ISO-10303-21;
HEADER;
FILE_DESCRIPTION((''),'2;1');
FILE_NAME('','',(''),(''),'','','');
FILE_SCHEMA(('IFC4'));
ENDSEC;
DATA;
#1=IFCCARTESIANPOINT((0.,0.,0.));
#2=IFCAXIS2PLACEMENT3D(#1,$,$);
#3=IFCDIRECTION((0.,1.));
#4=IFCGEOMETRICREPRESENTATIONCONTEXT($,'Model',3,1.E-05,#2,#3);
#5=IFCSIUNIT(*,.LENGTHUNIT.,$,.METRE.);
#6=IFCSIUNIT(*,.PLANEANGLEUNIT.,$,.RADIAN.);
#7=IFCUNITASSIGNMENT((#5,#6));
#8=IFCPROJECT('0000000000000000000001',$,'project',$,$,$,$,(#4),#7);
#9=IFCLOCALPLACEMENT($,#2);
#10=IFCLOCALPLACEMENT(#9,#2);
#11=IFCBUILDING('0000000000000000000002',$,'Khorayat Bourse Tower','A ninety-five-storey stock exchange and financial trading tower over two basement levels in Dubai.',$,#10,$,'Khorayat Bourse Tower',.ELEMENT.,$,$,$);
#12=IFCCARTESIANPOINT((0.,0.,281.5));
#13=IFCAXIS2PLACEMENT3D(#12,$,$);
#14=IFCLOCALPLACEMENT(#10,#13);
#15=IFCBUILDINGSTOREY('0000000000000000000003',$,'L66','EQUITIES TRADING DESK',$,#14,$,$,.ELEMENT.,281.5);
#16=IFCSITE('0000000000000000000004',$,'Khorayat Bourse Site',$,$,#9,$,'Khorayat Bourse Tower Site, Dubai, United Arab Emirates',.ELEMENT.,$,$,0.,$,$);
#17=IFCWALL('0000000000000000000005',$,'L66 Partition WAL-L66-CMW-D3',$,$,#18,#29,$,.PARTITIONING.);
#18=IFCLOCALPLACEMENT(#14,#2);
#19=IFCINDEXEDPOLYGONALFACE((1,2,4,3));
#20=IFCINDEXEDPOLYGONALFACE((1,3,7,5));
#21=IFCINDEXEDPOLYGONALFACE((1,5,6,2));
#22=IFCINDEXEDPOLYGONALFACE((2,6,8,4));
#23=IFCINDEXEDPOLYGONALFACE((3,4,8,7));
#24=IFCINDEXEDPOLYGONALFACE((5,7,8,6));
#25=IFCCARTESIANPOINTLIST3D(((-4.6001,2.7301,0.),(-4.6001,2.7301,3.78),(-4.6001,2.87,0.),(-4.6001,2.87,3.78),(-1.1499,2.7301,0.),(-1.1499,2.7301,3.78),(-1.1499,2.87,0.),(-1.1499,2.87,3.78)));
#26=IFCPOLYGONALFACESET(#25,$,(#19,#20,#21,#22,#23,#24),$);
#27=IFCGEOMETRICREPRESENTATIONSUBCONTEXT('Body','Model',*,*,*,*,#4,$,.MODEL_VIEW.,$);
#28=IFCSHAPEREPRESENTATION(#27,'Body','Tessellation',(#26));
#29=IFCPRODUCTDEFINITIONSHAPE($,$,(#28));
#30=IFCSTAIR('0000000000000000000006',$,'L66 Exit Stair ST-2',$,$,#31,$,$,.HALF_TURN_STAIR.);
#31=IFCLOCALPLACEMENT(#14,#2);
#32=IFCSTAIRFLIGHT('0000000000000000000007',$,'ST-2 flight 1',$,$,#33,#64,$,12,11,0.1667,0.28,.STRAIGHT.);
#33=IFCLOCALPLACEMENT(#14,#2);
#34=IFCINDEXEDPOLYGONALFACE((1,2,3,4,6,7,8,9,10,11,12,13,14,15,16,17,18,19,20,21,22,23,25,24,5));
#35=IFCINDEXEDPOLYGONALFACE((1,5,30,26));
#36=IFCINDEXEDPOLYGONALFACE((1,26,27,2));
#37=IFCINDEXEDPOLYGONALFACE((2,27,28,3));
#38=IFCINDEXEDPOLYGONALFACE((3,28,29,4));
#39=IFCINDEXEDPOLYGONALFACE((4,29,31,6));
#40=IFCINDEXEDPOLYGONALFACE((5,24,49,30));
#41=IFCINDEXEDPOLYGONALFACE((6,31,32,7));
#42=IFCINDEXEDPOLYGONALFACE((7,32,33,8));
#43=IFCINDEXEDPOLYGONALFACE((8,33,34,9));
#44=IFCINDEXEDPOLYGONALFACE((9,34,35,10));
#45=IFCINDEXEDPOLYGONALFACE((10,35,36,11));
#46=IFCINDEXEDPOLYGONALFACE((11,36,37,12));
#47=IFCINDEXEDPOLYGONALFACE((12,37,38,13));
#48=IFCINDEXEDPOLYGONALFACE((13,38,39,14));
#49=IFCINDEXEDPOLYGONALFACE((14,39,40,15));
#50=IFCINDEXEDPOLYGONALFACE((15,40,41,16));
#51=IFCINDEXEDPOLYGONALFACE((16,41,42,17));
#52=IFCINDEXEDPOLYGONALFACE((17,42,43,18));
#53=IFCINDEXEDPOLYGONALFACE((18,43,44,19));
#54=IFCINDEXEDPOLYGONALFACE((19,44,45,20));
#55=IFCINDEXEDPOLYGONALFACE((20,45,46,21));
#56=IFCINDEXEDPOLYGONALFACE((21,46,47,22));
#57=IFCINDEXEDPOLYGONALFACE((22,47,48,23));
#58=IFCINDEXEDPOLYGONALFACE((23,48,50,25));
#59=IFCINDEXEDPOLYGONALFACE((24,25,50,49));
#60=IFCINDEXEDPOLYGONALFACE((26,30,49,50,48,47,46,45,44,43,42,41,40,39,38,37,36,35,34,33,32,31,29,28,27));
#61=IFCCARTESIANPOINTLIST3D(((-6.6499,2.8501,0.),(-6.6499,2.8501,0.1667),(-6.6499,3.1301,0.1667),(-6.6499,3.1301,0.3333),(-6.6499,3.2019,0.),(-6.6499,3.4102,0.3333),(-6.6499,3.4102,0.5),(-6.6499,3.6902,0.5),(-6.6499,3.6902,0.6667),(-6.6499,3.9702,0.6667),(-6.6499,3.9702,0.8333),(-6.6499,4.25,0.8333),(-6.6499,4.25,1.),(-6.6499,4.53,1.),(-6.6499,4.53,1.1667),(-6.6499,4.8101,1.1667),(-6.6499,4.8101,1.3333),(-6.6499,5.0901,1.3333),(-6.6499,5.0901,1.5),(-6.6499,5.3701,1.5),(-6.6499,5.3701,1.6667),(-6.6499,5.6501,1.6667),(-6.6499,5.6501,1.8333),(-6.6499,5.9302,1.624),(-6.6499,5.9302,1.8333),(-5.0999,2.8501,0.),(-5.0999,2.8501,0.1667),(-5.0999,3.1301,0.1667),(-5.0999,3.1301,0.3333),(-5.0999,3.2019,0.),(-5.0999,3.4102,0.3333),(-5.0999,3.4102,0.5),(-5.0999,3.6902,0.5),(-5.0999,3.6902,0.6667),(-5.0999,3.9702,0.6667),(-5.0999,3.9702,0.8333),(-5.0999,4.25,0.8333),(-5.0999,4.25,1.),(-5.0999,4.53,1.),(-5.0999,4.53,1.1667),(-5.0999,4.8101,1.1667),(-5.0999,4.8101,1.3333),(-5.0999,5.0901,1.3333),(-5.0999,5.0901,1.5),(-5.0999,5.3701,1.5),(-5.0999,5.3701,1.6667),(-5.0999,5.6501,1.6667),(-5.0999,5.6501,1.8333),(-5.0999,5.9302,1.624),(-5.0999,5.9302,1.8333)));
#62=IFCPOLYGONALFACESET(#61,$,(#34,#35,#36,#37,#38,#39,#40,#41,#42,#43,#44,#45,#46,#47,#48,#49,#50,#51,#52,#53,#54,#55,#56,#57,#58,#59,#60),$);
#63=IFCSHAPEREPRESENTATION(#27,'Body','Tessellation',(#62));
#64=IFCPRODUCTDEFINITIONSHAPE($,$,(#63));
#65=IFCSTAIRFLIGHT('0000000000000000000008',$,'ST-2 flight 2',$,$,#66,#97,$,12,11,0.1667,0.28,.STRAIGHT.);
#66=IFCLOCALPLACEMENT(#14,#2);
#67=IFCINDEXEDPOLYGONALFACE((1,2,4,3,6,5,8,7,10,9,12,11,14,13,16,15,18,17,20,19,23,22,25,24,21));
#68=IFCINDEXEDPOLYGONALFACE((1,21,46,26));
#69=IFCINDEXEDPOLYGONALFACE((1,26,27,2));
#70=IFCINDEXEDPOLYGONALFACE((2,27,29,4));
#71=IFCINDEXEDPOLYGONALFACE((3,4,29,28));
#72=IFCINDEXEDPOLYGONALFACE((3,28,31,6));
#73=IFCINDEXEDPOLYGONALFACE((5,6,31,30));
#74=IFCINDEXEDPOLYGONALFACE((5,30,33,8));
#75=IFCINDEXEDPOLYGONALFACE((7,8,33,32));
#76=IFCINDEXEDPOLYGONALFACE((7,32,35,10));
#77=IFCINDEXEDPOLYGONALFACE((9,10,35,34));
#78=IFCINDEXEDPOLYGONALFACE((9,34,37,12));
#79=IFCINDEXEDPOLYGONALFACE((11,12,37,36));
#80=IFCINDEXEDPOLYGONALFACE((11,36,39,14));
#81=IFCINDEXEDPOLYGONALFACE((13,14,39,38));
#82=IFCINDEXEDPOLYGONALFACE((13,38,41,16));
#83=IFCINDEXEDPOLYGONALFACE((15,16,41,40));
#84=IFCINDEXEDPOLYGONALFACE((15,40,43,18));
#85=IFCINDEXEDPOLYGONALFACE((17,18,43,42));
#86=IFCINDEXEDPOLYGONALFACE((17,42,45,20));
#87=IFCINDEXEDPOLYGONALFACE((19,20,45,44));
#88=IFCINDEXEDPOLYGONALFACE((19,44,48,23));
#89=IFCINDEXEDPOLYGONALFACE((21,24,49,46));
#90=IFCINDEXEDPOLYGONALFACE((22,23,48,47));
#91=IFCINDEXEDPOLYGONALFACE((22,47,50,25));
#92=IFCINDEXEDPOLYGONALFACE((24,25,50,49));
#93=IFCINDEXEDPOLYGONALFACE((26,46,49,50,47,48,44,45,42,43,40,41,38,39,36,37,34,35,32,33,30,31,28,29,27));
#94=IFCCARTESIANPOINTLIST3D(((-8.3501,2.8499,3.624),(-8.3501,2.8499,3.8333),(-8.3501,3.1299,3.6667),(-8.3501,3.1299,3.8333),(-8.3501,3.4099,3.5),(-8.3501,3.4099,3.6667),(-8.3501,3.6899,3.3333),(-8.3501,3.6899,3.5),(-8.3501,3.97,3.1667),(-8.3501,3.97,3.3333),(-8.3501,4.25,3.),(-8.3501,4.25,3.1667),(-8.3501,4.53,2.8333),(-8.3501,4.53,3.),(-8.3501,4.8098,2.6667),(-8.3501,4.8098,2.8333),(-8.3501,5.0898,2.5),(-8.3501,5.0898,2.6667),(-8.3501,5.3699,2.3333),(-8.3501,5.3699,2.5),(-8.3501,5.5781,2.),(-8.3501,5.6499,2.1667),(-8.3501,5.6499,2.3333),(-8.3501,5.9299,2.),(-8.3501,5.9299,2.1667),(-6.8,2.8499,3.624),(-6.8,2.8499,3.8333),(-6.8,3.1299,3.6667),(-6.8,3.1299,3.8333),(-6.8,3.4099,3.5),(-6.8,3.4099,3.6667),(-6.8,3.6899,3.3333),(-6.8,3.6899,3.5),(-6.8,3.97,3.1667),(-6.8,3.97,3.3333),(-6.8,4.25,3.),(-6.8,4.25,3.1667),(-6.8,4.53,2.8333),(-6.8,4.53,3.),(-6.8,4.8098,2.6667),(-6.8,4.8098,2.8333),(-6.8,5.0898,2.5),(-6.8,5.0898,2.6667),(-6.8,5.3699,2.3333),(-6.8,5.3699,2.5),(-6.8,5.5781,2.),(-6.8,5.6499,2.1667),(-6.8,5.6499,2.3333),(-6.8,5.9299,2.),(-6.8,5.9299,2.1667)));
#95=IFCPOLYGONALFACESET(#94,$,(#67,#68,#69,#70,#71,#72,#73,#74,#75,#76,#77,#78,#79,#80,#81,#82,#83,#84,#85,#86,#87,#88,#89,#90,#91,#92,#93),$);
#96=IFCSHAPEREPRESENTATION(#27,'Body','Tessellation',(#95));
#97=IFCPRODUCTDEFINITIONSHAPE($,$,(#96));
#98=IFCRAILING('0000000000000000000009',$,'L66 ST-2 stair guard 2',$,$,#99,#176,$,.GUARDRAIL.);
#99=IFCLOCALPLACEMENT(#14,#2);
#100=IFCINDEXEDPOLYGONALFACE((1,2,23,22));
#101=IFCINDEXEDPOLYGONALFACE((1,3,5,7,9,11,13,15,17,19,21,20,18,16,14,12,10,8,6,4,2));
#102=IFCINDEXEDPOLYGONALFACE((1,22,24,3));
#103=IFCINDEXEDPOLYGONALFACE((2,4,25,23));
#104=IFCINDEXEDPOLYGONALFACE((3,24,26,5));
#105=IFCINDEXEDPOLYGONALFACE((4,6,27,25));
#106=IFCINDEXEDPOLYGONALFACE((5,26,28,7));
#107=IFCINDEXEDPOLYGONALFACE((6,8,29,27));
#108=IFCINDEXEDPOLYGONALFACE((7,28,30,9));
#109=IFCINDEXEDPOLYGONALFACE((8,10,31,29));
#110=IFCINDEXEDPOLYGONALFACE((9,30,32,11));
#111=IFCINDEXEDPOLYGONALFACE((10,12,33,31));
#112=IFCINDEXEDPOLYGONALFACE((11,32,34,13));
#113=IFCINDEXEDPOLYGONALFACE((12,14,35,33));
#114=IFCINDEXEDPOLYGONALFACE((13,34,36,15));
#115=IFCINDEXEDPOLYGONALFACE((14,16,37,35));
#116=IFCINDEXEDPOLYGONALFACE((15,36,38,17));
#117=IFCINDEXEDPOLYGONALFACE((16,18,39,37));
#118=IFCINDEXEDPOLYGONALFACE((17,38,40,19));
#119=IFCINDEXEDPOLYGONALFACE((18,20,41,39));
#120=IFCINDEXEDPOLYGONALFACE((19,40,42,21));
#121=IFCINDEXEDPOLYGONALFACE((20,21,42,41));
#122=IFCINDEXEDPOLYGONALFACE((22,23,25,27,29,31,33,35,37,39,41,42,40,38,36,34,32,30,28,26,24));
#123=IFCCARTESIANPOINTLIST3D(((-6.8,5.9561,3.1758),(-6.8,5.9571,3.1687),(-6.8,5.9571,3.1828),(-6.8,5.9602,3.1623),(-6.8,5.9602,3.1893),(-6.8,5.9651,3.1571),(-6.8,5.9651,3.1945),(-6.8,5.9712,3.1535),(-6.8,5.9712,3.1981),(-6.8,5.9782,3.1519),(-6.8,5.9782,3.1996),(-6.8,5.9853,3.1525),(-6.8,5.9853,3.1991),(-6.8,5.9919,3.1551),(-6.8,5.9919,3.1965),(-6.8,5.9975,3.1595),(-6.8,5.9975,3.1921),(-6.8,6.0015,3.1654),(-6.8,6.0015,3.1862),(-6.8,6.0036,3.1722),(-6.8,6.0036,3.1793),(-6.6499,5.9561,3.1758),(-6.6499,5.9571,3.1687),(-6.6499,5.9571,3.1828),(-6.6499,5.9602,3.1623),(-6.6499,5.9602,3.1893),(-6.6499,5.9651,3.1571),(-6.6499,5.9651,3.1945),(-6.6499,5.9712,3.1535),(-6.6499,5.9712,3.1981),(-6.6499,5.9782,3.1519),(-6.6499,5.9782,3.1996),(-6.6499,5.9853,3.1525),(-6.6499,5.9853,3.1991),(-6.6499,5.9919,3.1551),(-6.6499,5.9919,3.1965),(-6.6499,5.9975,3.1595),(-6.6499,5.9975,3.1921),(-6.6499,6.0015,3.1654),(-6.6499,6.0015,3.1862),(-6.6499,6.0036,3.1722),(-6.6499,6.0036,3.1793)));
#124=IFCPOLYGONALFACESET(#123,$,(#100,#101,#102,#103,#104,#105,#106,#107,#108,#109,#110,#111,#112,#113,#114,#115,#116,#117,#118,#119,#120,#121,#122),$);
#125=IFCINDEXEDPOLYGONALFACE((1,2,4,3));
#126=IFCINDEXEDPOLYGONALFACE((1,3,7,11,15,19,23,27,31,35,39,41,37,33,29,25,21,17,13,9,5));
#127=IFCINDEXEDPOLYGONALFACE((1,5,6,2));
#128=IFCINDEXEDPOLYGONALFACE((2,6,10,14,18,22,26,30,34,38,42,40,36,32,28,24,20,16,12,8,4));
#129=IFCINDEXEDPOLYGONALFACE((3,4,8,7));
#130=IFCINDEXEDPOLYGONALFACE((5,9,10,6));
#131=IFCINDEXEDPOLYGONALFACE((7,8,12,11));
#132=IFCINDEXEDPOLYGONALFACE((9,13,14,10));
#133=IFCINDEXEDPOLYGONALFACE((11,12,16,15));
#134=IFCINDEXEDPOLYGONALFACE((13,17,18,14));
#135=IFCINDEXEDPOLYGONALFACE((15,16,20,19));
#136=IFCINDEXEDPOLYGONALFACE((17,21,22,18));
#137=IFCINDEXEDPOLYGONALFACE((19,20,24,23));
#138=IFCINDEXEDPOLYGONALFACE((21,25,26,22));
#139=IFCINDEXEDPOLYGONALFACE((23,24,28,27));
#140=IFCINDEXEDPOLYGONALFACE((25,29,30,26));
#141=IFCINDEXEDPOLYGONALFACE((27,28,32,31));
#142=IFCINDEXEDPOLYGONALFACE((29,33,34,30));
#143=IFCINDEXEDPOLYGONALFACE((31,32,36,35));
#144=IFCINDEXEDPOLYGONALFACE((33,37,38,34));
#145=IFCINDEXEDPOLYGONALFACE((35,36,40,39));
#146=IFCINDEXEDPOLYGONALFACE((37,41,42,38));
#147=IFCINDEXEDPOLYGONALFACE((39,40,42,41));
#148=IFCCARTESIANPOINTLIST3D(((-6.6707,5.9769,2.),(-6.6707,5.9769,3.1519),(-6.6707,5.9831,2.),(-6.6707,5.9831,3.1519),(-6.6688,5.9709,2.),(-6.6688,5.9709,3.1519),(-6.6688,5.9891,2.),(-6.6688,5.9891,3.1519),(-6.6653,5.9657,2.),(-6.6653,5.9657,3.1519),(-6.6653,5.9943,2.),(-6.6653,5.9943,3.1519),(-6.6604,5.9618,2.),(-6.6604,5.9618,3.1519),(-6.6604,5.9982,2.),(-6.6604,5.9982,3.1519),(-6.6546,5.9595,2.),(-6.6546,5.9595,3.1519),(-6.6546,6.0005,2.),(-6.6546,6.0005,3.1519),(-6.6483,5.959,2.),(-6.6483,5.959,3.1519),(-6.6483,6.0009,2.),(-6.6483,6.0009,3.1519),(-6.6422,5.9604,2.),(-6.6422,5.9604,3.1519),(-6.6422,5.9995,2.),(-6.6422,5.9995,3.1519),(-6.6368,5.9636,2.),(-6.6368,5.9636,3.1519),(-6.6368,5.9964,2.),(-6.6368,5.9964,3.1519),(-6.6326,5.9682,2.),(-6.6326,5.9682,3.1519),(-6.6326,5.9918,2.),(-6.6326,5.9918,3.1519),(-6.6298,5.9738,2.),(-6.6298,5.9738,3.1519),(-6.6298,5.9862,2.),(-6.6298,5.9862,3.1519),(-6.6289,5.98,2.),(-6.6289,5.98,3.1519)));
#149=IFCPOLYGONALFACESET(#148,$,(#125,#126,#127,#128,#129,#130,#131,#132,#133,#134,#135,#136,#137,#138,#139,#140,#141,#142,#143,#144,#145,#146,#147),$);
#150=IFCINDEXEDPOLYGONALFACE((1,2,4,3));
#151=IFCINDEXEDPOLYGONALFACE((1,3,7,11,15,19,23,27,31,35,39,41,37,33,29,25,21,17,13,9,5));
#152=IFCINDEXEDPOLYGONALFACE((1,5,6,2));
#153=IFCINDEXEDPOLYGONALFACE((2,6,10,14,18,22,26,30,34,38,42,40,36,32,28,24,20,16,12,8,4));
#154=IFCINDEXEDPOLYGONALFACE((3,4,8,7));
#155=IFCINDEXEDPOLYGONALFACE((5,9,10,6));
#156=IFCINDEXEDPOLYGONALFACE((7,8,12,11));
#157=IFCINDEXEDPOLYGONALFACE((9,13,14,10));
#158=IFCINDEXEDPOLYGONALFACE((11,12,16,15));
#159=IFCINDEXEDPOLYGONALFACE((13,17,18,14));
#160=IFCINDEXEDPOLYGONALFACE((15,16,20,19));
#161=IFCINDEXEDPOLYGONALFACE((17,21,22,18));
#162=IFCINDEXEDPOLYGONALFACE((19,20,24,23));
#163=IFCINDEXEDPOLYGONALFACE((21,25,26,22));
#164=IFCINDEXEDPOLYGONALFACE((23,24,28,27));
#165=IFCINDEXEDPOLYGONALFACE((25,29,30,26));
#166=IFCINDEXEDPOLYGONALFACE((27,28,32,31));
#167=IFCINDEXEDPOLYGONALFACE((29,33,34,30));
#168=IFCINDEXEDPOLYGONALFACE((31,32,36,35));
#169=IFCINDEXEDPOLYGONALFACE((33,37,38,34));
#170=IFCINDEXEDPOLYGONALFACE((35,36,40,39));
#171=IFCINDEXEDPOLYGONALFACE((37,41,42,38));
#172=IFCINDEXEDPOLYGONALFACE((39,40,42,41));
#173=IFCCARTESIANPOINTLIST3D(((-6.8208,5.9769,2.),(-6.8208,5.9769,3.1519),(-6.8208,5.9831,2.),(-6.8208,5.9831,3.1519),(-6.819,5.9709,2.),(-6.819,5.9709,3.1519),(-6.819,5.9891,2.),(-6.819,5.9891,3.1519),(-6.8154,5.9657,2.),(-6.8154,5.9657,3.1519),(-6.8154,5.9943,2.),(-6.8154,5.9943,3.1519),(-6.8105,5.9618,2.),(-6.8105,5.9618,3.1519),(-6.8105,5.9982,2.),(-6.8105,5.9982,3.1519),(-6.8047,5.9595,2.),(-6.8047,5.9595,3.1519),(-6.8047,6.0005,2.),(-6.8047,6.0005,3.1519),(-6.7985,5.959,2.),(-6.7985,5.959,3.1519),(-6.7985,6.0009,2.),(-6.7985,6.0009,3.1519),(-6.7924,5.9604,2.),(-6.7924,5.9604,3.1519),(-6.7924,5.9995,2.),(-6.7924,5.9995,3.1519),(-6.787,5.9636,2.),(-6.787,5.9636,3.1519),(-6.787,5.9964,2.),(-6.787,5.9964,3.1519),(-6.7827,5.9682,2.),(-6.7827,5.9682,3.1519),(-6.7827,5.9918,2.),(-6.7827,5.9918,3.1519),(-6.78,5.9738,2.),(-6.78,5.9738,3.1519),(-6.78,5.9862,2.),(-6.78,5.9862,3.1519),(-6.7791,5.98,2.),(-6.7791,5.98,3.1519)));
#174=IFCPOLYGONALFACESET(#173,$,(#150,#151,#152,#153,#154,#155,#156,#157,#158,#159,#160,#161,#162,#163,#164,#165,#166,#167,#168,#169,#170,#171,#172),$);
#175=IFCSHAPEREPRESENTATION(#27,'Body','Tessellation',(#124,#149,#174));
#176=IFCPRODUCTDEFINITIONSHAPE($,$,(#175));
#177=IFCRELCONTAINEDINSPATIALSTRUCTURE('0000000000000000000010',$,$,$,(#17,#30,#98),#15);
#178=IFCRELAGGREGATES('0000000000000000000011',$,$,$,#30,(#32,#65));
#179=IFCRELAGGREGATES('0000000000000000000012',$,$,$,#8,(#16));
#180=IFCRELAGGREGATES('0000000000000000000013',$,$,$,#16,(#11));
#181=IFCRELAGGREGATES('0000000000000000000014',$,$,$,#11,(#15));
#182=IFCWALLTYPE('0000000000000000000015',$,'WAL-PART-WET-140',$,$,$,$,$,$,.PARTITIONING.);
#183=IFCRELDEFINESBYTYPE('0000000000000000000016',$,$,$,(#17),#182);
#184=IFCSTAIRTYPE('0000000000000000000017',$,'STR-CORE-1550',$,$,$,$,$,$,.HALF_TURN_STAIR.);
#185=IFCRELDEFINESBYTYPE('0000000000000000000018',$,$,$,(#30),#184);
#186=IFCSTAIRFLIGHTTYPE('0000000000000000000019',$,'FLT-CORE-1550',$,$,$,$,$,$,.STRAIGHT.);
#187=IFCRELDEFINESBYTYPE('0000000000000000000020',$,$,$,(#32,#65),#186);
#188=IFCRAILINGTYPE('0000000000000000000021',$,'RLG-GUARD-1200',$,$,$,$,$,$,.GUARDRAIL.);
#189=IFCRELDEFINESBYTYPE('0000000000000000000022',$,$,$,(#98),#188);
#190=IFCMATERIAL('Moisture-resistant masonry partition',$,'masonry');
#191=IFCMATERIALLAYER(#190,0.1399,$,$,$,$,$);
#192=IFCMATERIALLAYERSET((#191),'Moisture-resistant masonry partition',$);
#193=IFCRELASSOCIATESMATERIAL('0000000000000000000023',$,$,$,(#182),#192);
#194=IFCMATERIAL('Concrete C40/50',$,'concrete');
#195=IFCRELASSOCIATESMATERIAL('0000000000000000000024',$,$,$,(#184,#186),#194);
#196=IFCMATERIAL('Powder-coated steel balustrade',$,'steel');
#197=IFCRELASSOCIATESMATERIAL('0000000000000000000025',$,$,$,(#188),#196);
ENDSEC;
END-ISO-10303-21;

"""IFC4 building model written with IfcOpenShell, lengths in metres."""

from ifc_helpers import new_model, si_unit, direction, frame, frame_2d, origin, origin_2d, place, context, subcontext, project, spatial, polyline, rectangle, circle, outline, extrude, source, transform, mapped, material, layer, layer_set, type_object, element, aggregate, save


model = new_model("IFC4")

# Units and contexts
model_context = context("Model", 3, precision=1e-05, world=origin(), true_north=direction((0.0, 1.0)))
body_context = subcontext(model_context, "Body", "Model", "MODEL_VIEW")
ifc_project = project(units=[si_unit("LENGTHUNIT", "METRE"), si_unit("PLANEANGLEUNIT", "RADIAN")], contexts=[model_context])

# Site, building, storey
site_placement = place(None, origin())
site = spatial("IfcSite", under=ifc_project, at=site_placement, Name="Khorayat Bourse Site", LongName="Khorayat Bourse Tower Site, Dubai, United Arab Emirates", CompositionType="ELEMENT", RefElevation=0.0)
building_placement = place(site_placement, origin())
building = spatial("IfcBuilding", under=site, at=building_placement, Name="Khorayat Bourse Tower", Description="A ninety-five-storey stock exchange and financial trading tower over two basement levels in Dubai.", LongName="Khorayat Bourse Tower", CompositionType="ELEMENT")
storey_placement = place(building_placement, frame((0.0, 0.0, 281.5)))
storey = spatial("IfcBuildingStorey", under=building, at=storey_placement, Name="L66", Description="EQUITIES TRADING DESK", CompositionType="ELEMENT", Elevation=281.5)

# Wall
ifc_material_1 = material(Name="Moisture-resistant masonry partition", Category="masonry")
ifc_layer_1 = layer(ifc_material_1, 0.1399)
ifc_layer_set_1 = layer_set([ifc_layer_1], Name="Moisture-resistant masonry partition")
wall_type_1 = type_object("IfcWallType", Name="WAL-PART-WET-140", PredefinedType="PARTITIONING", material=ifc_layer_set_1)
shared_shape_1 = source(origin(), body_context, "Body", "SweptSolid", [
    extrude(rectangle(XDim=3.4502, YDim=0.1399, at=frame_2d((1.7251, 0.0))), origin(), (0.0, 0.0, 1.0), 3.78),
])
for number, where, z_axis, x_axis, name in (
    (1, (-4.6001, 2.8, 0.0), (0.0, 0.0, 1.0), (1.0, 0.0, 0.0), "L66 Partition WAL-L66-CMW-D3"),
):
    element("IfcWall", number, at=place(storey_placement, frame(where, z_axis=z_axis, x_axis=x_axis)), inside=storey, type_object=wall_type_1, Name=name, PredefinedType="PARTITIONING", context=body_context, shape_type="MappedRepresentation", body=[
        mapped(shared_shape_1, transform((0.0, 0.0, 0.0), scale=1.0)),
    ])

# Stair, stair flights
ifc_material_2 = material(Name="Concrete C40/50", Category="concrete")
stair_type = type_object("IfcStairType", Name="STR-CORE-1550", PredefinedType="HALF_TURN_STAIR", material=ifc_material_2)
stair_placement = place(storey_placement, origin())
stair = element("IfcStair", 2, at=stair_placement, inside=storey, type_object=stair_type, Name="L66 Exit Stair ST-2", PredefinedType="HALF_TURN_STAIR")
stair_flight_type = type_object("IfcStairFlightType", Name="FLT-CORE-1550", PredefinedType="STRAIGHT", material=ifc_material_2)
shared_shape_2 = source(origin(), body_context, "Body", "SweptSolid", [
    extrude(outline(polyline([(0.0, 0.0), (0.0, 0.1667), (0.28, 0.1667), (0.28, 0.3333), (0.5601, 0.3333), (0.5601, 0.5), (0.8401, 0.5), (0.8401, 0.6667), (1.1201, 0.6667), (1.1201, 0.8333), (1.3999, 0.8333), (1.3999, 1.0), (1.6799, 1.0), (1.6799, 1.1667), (1.96, 1.1667), (1.96, 1.3333), (2.24, 1.3333), (2.24, 1.5), (2.52, 1.5), (2.52, 1.6667), (2.8, 1.6667), (2.8, 1.8333), (3.0801, 1.8333), (3.0801, 2.0), (3.0801, 1.624), (0.3518, 0.0), (0.0, 0.0)])), frame((0.0, 0.7749, 0.0), z_axis=(0.0, -1.0, 0.0), x_axis=(1.0, 0.0, 0.0)), (0.0, 0.0, 1.0), 1.55),
])
stair_flight_1_placement = place(storey_placement, frame((-5.875, 2.8501, 0.0), z_axis=(0.0, 0.0, 1.0), x_axis=(0.0, 1.0, 0.0)))
stair_flight_1 = element("IfcStairFlight", 3, at=stair_flight_1_placement, type_object=stair_flight_type, Name="ST-2 flight 1", NumberOfRisers=12, NumberOfTreads=11, PredefinedType="STRAIGHT", RiserHeight=0.1667, TreadLength=0.28, context=body_context, shape_type="MappedRepresentation", body=[
    mapped(shared_shape_2, transform((0.0, 0.0, 0.0), scale=1.0)),
])
stair_flight_2_placement = place(storey_placement, frame((-7.575, 5.9299, 2.0), z_axis=(0.0, 0.0, 1.0), x_axis=(0.0, -1.0, 0.0)))
stair_flight_2 = element("IfcStairFlight", 4, at=stair_flight_2_placement, type_object=stair_flight_type, Name="ST-2 flight 2", NumberOfRisers=12, NumberOfTreads=11, PredefinedType="STRAIGHT", RiserHeight=0.1667, TreadLength=0.28, context=body_context, shape_type="MappedRepresentation", body=[
    mapped(shared_shape_2, transform((0.0, 0.0, 0.0), scale=1.0)),
])
aggregate(stair, [stair_flight_1, stair_flight_2])

# Railing
ifc_material_3 = material(Name="Powder-coated steel balustrade", Category="steel")
railing_type_1 = type_object("IfcRailingType", Name="RLG-GUARD-1200", PredefinedType="GUARDRAIL", material=ifc_material_3)
shared_shape_3 = source(origin(), body_context, "Body", "SweptSolid", [
    extrude(circle(Radius=0.0239, at=origin_2d()), frame((0.0, 0.0, 1.1758), z_axis=(-1.0, 0.0, 0.0), x_axis=(0.0, -1.0, 0.0)), (0.0, 0.0, 1.0), 0.1501),
    extrude(circle(Radius=0.021, at=origin_2d()), origin(), (0.0, 0.0, 1.0), 1.1519),
    extrude(circle(Radius=0.021, at=origin_2d()), frame((-0.1501, 0.0, 0.0)), (0.0, 0.0, 1.0), 1.1519),
])
for number, where, name in (
    (5, (-6.6499, 5.98, 2.0), "L66 ST-2 stair guard 2"),
):
    element("IfcRailing", number, at=place(storey_placement, frame(where)), inside=storey, type_object=railing_type_1, Name=name, PredefinedType="GUARDRAIL", context=body_context, shape_type="MappedRepresentation", body=[
        mapped(shared_shape_3, transform((0.0, 0.0, 0.0), scale=1.0)),
    ])

save(model, "model.ifc")
